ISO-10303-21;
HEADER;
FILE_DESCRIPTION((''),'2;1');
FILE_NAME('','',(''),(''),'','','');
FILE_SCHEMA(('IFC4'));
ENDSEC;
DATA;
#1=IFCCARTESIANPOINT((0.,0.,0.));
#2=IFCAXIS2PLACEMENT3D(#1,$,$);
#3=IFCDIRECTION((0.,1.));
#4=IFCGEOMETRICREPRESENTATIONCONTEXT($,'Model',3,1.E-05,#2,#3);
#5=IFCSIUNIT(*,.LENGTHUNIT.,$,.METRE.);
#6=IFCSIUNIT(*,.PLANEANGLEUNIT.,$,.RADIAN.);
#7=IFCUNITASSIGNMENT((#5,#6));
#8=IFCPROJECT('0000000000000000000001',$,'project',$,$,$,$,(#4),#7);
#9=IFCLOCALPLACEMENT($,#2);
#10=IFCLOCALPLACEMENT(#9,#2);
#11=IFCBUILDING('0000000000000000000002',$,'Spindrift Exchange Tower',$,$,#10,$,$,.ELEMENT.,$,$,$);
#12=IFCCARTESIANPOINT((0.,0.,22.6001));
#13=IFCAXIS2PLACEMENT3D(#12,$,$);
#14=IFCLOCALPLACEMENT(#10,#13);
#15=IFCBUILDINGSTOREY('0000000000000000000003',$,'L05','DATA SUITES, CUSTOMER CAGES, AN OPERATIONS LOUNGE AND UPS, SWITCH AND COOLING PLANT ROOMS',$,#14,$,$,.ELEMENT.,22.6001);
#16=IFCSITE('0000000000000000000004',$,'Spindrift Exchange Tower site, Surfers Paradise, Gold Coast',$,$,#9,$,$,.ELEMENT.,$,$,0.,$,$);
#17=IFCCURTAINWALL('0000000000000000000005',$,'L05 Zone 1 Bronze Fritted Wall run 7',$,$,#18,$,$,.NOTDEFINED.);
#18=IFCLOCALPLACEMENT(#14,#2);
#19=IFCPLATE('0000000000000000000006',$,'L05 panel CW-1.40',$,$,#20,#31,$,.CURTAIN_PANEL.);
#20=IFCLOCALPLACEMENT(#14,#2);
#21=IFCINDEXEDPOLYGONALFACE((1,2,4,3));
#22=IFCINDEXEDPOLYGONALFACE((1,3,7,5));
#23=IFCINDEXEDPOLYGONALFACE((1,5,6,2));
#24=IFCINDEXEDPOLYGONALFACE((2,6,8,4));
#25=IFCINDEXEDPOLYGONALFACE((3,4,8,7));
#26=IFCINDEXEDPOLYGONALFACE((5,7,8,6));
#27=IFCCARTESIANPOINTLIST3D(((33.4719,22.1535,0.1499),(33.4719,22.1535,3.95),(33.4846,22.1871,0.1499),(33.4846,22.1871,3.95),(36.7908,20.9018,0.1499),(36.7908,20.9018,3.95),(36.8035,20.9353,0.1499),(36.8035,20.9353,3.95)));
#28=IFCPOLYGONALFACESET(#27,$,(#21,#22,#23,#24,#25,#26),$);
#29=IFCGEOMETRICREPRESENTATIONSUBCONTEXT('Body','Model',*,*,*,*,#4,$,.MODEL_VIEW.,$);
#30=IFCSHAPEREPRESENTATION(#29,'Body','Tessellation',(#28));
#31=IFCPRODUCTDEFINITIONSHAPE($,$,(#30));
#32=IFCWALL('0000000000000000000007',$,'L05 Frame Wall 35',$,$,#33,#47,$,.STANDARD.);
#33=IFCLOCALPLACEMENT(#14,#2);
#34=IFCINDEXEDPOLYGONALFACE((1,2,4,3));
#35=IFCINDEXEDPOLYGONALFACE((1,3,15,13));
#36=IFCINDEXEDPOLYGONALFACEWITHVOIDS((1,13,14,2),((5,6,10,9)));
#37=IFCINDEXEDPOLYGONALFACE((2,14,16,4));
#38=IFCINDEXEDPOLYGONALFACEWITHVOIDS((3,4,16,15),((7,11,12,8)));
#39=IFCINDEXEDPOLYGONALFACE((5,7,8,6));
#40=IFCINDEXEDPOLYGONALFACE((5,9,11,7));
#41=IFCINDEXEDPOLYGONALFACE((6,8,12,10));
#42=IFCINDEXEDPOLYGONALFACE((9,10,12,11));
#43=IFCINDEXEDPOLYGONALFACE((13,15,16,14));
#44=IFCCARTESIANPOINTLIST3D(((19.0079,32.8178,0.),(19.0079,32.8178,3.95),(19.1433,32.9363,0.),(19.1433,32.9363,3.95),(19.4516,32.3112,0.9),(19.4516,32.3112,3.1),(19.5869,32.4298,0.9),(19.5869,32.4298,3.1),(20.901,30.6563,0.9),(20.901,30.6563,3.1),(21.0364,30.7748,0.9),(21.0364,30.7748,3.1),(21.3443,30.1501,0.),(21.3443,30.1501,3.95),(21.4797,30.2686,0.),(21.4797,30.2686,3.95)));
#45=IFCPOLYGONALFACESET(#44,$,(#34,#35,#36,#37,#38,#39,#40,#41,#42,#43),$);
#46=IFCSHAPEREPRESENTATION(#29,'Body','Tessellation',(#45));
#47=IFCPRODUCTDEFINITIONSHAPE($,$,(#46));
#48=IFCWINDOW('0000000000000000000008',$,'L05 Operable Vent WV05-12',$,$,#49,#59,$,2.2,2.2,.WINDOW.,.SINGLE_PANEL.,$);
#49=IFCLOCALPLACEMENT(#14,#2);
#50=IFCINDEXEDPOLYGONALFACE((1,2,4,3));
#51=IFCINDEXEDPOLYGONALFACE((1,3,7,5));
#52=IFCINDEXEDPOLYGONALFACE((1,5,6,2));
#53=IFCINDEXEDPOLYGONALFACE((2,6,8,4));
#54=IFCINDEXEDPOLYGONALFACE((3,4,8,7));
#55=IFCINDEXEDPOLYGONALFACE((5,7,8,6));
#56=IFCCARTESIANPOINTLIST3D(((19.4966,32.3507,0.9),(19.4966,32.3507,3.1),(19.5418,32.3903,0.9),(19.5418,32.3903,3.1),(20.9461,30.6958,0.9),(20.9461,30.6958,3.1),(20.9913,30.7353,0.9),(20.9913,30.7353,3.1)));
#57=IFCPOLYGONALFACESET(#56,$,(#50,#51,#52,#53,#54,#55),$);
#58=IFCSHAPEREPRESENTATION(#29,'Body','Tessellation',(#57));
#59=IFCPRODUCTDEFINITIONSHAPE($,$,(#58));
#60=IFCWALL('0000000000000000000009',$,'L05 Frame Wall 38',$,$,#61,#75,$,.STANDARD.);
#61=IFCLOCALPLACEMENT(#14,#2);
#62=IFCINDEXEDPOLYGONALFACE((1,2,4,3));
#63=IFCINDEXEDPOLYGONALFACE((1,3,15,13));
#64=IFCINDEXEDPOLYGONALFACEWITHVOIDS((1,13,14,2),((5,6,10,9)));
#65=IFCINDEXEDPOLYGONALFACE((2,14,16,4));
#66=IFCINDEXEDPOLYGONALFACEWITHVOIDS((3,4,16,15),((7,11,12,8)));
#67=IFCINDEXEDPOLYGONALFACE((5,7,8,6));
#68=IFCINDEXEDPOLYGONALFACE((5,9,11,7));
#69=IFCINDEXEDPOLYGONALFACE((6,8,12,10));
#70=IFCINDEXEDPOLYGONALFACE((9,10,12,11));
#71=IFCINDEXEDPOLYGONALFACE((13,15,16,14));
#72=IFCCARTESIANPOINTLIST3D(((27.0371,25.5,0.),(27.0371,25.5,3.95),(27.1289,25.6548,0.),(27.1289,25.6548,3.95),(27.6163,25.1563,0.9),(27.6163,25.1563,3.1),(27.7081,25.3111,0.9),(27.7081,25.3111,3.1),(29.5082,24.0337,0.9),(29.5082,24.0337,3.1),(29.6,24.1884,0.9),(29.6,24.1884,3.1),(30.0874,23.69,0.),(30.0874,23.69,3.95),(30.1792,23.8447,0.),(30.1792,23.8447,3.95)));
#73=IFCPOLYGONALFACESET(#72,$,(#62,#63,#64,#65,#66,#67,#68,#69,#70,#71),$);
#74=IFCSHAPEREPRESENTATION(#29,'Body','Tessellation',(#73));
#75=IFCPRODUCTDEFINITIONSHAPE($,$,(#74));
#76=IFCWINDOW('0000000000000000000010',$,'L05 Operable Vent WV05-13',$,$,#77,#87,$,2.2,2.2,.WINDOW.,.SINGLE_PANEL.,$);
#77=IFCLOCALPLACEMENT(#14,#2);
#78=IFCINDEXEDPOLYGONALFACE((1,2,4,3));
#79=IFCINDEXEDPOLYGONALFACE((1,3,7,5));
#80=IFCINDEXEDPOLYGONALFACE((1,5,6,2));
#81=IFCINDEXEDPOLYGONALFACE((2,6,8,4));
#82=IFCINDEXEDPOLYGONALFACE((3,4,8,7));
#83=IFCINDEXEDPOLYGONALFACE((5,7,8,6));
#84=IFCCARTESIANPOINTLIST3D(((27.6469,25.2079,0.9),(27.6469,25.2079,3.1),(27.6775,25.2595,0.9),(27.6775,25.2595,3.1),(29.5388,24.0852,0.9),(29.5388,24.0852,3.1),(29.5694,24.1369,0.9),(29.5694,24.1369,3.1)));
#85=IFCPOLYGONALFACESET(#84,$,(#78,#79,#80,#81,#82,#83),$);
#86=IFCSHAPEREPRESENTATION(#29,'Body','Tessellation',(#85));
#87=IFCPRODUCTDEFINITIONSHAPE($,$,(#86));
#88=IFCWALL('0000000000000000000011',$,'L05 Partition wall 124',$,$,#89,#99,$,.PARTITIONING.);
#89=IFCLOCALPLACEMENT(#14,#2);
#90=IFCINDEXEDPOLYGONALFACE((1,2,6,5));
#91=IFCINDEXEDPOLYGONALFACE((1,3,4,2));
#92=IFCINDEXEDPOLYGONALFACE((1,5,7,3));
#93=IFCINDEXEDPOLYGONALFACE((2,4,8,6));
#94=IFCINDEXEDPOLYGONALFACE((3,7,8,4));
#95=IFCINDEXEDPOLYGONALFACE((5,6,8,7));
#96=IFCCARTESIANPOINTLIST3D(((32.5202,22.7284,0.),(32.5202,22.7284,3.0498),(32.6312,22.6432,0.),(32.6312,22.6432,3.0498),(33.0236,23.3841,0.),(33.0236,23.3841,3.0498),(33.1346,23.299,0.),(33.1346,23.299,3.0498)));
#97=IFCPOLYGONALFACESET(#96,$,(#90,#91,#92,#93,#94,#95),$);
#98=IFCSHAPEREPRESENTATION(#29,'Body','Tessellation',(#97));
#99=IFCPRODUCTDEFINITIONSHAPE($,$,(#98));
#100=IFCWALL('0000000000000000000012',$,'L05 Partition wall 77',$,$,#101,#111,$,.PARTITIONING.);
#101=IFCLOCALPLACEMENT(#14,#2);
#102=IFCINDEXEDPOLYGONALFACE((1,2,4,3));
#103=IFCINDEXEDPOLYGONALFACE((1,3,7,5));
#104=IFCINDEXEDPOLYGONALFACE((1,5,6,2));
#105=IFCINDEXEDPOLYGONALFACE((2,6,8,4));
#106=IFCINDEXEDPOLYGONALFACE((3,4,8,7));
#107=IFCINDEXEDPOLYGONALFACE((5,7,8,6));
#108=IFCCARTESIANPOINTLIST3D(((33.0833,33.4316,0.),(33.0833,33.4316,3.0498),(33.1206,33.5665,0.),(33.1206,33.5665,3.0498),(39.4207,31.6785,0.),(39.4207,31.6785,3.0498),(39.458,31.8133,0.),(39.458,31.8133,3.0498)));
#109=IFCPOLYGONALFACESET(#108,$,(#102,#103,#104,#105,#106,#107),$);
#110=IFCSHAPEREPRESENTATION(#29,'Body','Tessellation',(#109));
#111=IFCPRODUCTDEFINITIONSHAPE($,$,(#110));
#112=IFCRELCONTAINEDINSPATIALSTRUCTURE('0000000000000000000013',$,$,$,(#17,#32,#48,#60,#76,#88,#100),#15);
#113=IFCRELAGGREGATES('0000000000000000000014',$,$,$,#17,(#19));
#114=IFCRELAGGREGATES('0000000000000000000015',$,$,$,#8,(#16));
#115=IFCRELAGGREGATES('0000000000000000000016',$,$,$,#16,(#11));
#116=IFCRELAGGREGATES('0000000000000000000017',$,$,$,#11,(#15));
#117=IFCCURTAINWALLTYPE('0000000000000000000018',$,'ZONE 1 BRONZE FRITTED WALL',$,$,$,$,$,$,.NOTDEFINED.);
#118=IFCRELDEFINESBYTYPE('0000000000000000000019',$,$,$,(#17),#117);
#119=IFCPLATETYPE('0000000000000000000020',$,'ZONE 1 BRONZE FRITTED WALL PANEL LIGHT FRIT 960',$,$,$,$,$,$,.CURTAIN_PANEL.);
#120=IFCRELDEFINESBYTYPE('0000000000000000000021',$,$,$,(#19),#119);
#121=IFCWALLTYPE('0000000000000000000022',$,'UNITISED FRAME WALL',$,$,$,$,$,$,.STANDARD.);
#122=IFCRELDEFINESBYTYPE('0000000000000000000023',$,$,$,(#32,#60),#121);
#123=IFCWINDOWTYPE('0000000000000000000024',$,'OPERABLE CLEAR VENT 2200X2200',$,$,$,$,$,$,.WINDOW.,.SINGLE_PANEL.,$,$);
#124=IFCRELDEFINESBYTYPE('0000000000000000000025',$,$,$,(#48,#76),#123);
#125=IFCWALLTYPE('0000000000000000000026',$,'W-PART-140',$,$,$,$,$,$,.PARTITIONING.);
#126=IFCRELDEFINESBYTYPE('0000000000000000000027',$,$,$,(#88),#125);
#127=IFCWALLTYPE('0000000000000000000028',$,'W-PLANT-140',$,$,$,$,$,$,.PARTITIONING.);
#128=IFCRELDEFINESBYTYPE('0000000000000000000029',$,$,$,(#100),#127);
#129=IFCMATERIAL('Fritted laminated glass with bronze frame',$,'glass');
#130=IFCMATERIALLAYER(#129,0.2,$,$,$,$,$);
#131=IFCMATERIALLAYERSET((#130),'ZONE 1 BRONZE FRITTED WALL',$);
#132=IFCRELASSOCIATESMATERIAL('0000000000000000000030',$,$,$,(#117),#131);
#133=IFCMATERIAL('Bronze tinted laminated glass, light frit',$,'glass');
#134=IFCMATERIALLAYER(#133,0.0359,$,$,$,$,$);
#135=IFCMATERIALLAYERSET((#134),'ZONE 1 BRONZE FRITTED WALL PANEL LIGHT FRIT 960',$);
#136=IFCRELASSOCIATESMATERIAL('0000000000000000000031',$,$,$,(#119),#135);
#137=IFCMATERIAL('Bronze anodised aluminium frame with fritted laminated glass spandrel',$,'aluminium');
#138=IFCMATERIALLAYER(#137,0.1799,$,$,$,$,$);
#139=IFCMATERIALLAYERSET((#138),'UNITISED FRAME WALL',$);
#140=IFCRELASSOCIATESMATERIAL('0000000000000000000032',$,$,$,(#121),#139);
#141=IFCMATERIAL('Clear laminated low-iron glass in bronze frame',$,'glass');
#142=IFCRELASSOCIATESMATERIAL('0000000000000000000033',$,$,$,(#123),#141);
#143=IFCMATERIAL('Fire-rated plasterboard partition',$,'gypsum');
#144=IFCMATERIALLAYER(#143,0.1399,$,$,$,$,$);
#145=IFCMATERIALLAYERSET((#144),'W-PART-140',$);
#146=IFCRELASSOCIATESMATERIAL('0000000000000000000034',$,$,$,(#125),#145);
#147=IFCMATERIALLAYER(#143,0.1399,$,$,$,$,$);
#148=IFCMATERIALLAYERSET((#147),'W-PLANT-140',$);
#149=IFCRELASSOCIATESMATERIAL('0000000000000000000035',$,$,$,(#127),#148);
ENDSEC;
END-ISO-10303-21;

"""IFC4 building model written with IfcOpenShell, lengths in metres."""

from ifc_helpers import new_model, si_unit, direction, frame, frame_2d, origin, origin_2d, place, context, subcontext, project, spatial, rectangle, extrude, source, transform, mapped, material, layer, layer_set, type_object, element, fill, aggregate, save


model = new_model("IFC4")

# Units and contexts
model_context = context("Model", 3, precision=1e-05, world=origin(), true_north=direction((0.0, 1.0)))
body_context = subcontext(model_context, "Body", "Model", "MODEL_VIEW")
ifc_project = project(units=[si_unit("LENGTHUNIT", "METRE"), si_unit("PLANEANGLEUNIT", "RADIAN")], contexts=[model_context])

# Site, building, storey
site_placement = place(None, origin())
site = spatial("IfcSite", under=ifc_project, at=site_placement, Name="Spindrift Exchange Tower site, Surfers Paradise, Gold Coast", CompositionType="ELEMENT", RefElevation=0.0)
building_placement = place(site_placement, origin())
building = spatial("IfcBuilding", under=site, at=building_placement, Name="Spindrift Exchange Tower", CompositionType="ELEMENT")
storey_placement = place(building_placement, frame((0.0, 0.0, 22.6001)))
storey = spatial("IfcBuildingStorey", under=building, at=storey_placement, Name="L05", Description="DATA SUITES, CUSTOMER CAGES, AN OPERATIONS LOUNGE AND UPS, SWITCH AND COOLING PLANT ROOMS", CompositionType="ELEMENT", Elevation=22.6001)

# Curtain wall
ifc_material_1 = material(Name="Fritted laminated glass with bronze frame", Category="glass")
ifc_layer_1 = layer(ifc_material_1, 0.2)
ifc_layer_set_1 = layer_set([ifc_layer_1], Name="ZONE 1 BRONZE FRITTED WALL")
curtain_wall_type = type_object("IfcCurtainWallType", Name="ZONE 1 BRONZE FRITTED WALL", PredefinedType="NOTDEFINED", material=ifc_layer_set_1)
curtain_wall_1_placement = place(storey_placement, origin())
curtain_wall_1 = element("IfcCurtainWall", 1, at=curtain_wall_1_placement, inside=storey, type_object=curtain_wall_type, Name="L05 Zone 1 Bronze Fritted Wall run 7", PredefinedType="NOTDEFINED")

# Plate
ifc_material_2 = material(Name="Bronze tinted laminated glass, light frit", Category="glass")
ifc_layer_2 = layer(ifc_material_2, 0.0359)
ifc_layer_set_2 = layer_set([ifc_layer_2], Name="ZONE 1 BRONZE FRITTED WALL PANEL LIGHT FRIT 960")
plate_type_1 = type_object("IfcPlateType", Name="ZONE 1 BRONZE FRITTED WALL PANEL LIGHT FRIT 960", PredefinedType="CURTAIN_PANEL", material=ifc_layer_set_2)
shared_shape_1 = source(origin(), body_context, "Body", "SweptSolid", [
    extrude(rectangle(XDim=3.5471, YDim=0.0359, at=origin_2d()), origin(), (0.0, 0.0, 1.0), 3.8),
])
plate_1_placement = place(storey_placement, frame((35.1377, 21.5444, 0.1499), z_axis=(0.0, 0.0, 1.0), x_axis=(0.935663, -0.352894, 0.0)))
plate_1 = element("IfcPlate", 2, at=plate_1_placement, type_object=plate_type_1, Name="L05 panel CW-1.40", PredefinedType="CURTAIN_PANEL", context=body_context, shape_type="MappedRepresentation", body=[
    mapped(shared_shape_1, transform((0.0, 0.0, 0.0), scale=1.0)),
])
aggregate(curtain_wall_1, [plate_1])

# Walls, openings, windows
ifc_material_3 = material(Name="Bronze anodised aluminium frame with fritted laminated glass spandrel", Category="aluminium")
ifc_layer_3 = layer(ifc_material_3, 0.1799)
ifc_layer_set_3 = layer_set([ifc_layer_3], Name="UNITISED FRAME WALL")
wall_type_1 = type_object("IfcWallType", Name="UNITISED FRAME WALL", PredefinedType="STANDARD", material=ifc_layer_set_3)
wall_1_placement = place(storey_placement, frame((19.0757, 32.877, 0.0), z_axis=(0.0, 0.0, 1.0), x_axis=(0.658851, -0.752274, 0.0)))
wall_1 = element("IfcWall", 3, at=wall_1_placement, inside=storey, type_object=wall_type_1, Name="L05 Frame Wall 35", PredefinedType="STANDARD", context=body_context, shape_type="SweptSolid", body=[
    extrude(rectangle(XDim=3.5461, YDim=0.1799, at=frame_2d((1.7729, 0.0))), origin(), (0.0, 0.0, 1.0), 3.95),
])
opening_1_placement = place(wall_1_placement, frame((0.6731, 0.0, 0.8999)))
opening_1 = element("IfcOpeningElement", 4, at=opening_1_placement, cuts=wall_1, PredefinedType="OPENING", context=body_context, shape_type="SweptSolid", body=[
    extrude(rectangle(XDim=2.2, YDim=2.2, at=frame_2d((1.1001, 1.1001))), frame((0.0, 0.0999, 0.0), z_axis=(0.0, -1.0, 0.0), x_axis=(1.0, 0.0, 0.0)), (0.0, 0.0, 1.0), 0.2),
])
ifc_material_4 = material(Name="Clear laminated low-iron glass in bronze frame", Category="glass")
window_type = type_object("IfcWindowType", Name="OPERABLE CLEAR VENT 2200X2200", PartitioningType="SINGLE_PANEL", PredefinedType="WINDOW", material=ifc_material_4)
shared_shape_2 = source(origin(), body_context, "Body", "SweptSolid", [
    extrude(rectangle(XDim=2.2, YDim=2.2, at=frame_2d((1.1001, 1.1001))), frame((0.0, 0.03, 0.0), z_axis=(0.0, -1.0, 0.0), x_axis=(1.0, 0.0, 0.0)), (0.0, 0.0, 1.0), 0.0601),
])
window_1_placement = place(opening_1_placement, origin())
window_1 = element("IfcWindow", 5, at=window_1_placement, inside=storey, type_object=window_type, Name="L05 Operable Vent WV05-12", OverallHeight=2.2, OverallWidth=2.2, PartitioningType="SINGLE_PANEL", PredefinedType="WINDOW", context=body_context, shape_type="MappedRepresentation", body=[
    mapped(shared_shape_2, transform((0.0, 0.0, 0.0), scale=1.0)),
])
fill(opening_1, window_1)
wall_2_placement = place(storey_placement, frame((27.083, 25.5774, 0.0), z_axis=(0.0, 0.0, 1.0), x_axis=(0.859985, -0.510319, 0.0)))
wall_2 = element("IfcWall", 6, at=wall_2_placement, inside=storey, type_object=wall_type_1, Name="L05 Frame Wall 38", PredefinedType="STANDARD", context=body_context, shape_type="SweptSolid", body=[
    extrude(rectangle(XDim=3.5469, YDim=0.1799, at=frame_2d((1.7734, 0.0))), origin(), (0.0, 0.0, 1.0), 3.95),
])
opening_2_placement = place(wall_2_placement, frame((0.6733, 0.0, 0.8999)))
opening_2 = element("IfcOpeningElement", 7, at=opening_2_placement, cuts=wall_2, PredefinedType="OPENING", context=body_context, shape_type="SweptSolid", body=[
    extrude(rectangle(XDim=2.2, YDim=2.2, at=frame_2d((1.1001, 1.1001))), frame((0.0, 0.0999, 0.0), z_axis=(0.0, -1.0, 0.0), x_axis=(1.0, 0.0, 0.0)), (0.0, 0.0, 1.0), 0.2),
])
window_2_placement = place(opening_2_placement, origin())
window_2 = element("IfcWindow", 8, at=window_2_placement, inside=storey, type_object=window_type, Name="L05 Operable Vent WV05-13", OverallHeight=2.2, OverallWidth=2.2, PartitioningType="SINGLE_PANEL", PredefinedType="WINDOW", context=body_context, shape_type="MappedRepresentation", body=[
    mapped(shared_shape_2, transform((0.0, 0.0, 0.0), scale=1.0)),
])
fill(opening_2, window_2)

# Walls
ifc_material_5 = material(Name="Fire-rated plasterboard partition", Category="gypsum")
ifc_layer_4 = layer(ifc_material_5, 0.1399)
ifc_layer_set_4 = layer_set([ifc_layer_4], Name="W-PART-140")
wall_type_2 = type_object("IfcWallType", Name="W-PART-140", PredefinedType="PARTITIONING", material=ifc_layer_set_4)
wall_3_placement = place(storey_placement, frame((33.0791, 23.3416, 0.0), z_axis=(0.0, 0.0, 1.0), x_axis=(-0.60894, -0.793216, 0.0)))
element("IfcWall", 9, at=wall_3_placement, inside=storey, type_object=wall_type_2, Name="L05 Partition wall 124", PredefinedType="PARTITIONING", context=body_context, shape_type="SweptSolid", body=[
    extrude(rectangle(XDim=0.8267, YDim=0.1399, at=frame_2d((0.4133, 0.0))), origin(), (0.0, 0.0, 1.0), 3.0498),
])
ifc_layer_5 = layer(ifc_material_5, 0.1399)
ifc_layer_set_5 = layer_set([ifc_layer_5], Name="W-PLANT-140")
wall_type_3 = type_object("IfcWallType", Name="W-PLANT-140", PredefinedType="PARTITIONING", material=ifc_layer_set_5)
wall_4_placement = place(storey_placement, frame((33.1021, 33.499, 0.0), z_axis=(0.0, 0.0, 1.0), x_axis=(0.9638, -0.266625, 0.0)))
element("IfcWall", 10, at=wall_4_placement, inside=storey, type_object=wall_type_3, Name="L05 Partition wall 77", PredefinedType="PARTITIONING", context=body_context, shape_type="SweptSolid", body=[
    extrude(rectangle(XDim=6.5754, YDim=0.1399, at=frame_2d((3.2876, 0.0))), origin(), (0.0, 0.0, 1.0), 3.0498),
])

save(model, "model.ifc")
